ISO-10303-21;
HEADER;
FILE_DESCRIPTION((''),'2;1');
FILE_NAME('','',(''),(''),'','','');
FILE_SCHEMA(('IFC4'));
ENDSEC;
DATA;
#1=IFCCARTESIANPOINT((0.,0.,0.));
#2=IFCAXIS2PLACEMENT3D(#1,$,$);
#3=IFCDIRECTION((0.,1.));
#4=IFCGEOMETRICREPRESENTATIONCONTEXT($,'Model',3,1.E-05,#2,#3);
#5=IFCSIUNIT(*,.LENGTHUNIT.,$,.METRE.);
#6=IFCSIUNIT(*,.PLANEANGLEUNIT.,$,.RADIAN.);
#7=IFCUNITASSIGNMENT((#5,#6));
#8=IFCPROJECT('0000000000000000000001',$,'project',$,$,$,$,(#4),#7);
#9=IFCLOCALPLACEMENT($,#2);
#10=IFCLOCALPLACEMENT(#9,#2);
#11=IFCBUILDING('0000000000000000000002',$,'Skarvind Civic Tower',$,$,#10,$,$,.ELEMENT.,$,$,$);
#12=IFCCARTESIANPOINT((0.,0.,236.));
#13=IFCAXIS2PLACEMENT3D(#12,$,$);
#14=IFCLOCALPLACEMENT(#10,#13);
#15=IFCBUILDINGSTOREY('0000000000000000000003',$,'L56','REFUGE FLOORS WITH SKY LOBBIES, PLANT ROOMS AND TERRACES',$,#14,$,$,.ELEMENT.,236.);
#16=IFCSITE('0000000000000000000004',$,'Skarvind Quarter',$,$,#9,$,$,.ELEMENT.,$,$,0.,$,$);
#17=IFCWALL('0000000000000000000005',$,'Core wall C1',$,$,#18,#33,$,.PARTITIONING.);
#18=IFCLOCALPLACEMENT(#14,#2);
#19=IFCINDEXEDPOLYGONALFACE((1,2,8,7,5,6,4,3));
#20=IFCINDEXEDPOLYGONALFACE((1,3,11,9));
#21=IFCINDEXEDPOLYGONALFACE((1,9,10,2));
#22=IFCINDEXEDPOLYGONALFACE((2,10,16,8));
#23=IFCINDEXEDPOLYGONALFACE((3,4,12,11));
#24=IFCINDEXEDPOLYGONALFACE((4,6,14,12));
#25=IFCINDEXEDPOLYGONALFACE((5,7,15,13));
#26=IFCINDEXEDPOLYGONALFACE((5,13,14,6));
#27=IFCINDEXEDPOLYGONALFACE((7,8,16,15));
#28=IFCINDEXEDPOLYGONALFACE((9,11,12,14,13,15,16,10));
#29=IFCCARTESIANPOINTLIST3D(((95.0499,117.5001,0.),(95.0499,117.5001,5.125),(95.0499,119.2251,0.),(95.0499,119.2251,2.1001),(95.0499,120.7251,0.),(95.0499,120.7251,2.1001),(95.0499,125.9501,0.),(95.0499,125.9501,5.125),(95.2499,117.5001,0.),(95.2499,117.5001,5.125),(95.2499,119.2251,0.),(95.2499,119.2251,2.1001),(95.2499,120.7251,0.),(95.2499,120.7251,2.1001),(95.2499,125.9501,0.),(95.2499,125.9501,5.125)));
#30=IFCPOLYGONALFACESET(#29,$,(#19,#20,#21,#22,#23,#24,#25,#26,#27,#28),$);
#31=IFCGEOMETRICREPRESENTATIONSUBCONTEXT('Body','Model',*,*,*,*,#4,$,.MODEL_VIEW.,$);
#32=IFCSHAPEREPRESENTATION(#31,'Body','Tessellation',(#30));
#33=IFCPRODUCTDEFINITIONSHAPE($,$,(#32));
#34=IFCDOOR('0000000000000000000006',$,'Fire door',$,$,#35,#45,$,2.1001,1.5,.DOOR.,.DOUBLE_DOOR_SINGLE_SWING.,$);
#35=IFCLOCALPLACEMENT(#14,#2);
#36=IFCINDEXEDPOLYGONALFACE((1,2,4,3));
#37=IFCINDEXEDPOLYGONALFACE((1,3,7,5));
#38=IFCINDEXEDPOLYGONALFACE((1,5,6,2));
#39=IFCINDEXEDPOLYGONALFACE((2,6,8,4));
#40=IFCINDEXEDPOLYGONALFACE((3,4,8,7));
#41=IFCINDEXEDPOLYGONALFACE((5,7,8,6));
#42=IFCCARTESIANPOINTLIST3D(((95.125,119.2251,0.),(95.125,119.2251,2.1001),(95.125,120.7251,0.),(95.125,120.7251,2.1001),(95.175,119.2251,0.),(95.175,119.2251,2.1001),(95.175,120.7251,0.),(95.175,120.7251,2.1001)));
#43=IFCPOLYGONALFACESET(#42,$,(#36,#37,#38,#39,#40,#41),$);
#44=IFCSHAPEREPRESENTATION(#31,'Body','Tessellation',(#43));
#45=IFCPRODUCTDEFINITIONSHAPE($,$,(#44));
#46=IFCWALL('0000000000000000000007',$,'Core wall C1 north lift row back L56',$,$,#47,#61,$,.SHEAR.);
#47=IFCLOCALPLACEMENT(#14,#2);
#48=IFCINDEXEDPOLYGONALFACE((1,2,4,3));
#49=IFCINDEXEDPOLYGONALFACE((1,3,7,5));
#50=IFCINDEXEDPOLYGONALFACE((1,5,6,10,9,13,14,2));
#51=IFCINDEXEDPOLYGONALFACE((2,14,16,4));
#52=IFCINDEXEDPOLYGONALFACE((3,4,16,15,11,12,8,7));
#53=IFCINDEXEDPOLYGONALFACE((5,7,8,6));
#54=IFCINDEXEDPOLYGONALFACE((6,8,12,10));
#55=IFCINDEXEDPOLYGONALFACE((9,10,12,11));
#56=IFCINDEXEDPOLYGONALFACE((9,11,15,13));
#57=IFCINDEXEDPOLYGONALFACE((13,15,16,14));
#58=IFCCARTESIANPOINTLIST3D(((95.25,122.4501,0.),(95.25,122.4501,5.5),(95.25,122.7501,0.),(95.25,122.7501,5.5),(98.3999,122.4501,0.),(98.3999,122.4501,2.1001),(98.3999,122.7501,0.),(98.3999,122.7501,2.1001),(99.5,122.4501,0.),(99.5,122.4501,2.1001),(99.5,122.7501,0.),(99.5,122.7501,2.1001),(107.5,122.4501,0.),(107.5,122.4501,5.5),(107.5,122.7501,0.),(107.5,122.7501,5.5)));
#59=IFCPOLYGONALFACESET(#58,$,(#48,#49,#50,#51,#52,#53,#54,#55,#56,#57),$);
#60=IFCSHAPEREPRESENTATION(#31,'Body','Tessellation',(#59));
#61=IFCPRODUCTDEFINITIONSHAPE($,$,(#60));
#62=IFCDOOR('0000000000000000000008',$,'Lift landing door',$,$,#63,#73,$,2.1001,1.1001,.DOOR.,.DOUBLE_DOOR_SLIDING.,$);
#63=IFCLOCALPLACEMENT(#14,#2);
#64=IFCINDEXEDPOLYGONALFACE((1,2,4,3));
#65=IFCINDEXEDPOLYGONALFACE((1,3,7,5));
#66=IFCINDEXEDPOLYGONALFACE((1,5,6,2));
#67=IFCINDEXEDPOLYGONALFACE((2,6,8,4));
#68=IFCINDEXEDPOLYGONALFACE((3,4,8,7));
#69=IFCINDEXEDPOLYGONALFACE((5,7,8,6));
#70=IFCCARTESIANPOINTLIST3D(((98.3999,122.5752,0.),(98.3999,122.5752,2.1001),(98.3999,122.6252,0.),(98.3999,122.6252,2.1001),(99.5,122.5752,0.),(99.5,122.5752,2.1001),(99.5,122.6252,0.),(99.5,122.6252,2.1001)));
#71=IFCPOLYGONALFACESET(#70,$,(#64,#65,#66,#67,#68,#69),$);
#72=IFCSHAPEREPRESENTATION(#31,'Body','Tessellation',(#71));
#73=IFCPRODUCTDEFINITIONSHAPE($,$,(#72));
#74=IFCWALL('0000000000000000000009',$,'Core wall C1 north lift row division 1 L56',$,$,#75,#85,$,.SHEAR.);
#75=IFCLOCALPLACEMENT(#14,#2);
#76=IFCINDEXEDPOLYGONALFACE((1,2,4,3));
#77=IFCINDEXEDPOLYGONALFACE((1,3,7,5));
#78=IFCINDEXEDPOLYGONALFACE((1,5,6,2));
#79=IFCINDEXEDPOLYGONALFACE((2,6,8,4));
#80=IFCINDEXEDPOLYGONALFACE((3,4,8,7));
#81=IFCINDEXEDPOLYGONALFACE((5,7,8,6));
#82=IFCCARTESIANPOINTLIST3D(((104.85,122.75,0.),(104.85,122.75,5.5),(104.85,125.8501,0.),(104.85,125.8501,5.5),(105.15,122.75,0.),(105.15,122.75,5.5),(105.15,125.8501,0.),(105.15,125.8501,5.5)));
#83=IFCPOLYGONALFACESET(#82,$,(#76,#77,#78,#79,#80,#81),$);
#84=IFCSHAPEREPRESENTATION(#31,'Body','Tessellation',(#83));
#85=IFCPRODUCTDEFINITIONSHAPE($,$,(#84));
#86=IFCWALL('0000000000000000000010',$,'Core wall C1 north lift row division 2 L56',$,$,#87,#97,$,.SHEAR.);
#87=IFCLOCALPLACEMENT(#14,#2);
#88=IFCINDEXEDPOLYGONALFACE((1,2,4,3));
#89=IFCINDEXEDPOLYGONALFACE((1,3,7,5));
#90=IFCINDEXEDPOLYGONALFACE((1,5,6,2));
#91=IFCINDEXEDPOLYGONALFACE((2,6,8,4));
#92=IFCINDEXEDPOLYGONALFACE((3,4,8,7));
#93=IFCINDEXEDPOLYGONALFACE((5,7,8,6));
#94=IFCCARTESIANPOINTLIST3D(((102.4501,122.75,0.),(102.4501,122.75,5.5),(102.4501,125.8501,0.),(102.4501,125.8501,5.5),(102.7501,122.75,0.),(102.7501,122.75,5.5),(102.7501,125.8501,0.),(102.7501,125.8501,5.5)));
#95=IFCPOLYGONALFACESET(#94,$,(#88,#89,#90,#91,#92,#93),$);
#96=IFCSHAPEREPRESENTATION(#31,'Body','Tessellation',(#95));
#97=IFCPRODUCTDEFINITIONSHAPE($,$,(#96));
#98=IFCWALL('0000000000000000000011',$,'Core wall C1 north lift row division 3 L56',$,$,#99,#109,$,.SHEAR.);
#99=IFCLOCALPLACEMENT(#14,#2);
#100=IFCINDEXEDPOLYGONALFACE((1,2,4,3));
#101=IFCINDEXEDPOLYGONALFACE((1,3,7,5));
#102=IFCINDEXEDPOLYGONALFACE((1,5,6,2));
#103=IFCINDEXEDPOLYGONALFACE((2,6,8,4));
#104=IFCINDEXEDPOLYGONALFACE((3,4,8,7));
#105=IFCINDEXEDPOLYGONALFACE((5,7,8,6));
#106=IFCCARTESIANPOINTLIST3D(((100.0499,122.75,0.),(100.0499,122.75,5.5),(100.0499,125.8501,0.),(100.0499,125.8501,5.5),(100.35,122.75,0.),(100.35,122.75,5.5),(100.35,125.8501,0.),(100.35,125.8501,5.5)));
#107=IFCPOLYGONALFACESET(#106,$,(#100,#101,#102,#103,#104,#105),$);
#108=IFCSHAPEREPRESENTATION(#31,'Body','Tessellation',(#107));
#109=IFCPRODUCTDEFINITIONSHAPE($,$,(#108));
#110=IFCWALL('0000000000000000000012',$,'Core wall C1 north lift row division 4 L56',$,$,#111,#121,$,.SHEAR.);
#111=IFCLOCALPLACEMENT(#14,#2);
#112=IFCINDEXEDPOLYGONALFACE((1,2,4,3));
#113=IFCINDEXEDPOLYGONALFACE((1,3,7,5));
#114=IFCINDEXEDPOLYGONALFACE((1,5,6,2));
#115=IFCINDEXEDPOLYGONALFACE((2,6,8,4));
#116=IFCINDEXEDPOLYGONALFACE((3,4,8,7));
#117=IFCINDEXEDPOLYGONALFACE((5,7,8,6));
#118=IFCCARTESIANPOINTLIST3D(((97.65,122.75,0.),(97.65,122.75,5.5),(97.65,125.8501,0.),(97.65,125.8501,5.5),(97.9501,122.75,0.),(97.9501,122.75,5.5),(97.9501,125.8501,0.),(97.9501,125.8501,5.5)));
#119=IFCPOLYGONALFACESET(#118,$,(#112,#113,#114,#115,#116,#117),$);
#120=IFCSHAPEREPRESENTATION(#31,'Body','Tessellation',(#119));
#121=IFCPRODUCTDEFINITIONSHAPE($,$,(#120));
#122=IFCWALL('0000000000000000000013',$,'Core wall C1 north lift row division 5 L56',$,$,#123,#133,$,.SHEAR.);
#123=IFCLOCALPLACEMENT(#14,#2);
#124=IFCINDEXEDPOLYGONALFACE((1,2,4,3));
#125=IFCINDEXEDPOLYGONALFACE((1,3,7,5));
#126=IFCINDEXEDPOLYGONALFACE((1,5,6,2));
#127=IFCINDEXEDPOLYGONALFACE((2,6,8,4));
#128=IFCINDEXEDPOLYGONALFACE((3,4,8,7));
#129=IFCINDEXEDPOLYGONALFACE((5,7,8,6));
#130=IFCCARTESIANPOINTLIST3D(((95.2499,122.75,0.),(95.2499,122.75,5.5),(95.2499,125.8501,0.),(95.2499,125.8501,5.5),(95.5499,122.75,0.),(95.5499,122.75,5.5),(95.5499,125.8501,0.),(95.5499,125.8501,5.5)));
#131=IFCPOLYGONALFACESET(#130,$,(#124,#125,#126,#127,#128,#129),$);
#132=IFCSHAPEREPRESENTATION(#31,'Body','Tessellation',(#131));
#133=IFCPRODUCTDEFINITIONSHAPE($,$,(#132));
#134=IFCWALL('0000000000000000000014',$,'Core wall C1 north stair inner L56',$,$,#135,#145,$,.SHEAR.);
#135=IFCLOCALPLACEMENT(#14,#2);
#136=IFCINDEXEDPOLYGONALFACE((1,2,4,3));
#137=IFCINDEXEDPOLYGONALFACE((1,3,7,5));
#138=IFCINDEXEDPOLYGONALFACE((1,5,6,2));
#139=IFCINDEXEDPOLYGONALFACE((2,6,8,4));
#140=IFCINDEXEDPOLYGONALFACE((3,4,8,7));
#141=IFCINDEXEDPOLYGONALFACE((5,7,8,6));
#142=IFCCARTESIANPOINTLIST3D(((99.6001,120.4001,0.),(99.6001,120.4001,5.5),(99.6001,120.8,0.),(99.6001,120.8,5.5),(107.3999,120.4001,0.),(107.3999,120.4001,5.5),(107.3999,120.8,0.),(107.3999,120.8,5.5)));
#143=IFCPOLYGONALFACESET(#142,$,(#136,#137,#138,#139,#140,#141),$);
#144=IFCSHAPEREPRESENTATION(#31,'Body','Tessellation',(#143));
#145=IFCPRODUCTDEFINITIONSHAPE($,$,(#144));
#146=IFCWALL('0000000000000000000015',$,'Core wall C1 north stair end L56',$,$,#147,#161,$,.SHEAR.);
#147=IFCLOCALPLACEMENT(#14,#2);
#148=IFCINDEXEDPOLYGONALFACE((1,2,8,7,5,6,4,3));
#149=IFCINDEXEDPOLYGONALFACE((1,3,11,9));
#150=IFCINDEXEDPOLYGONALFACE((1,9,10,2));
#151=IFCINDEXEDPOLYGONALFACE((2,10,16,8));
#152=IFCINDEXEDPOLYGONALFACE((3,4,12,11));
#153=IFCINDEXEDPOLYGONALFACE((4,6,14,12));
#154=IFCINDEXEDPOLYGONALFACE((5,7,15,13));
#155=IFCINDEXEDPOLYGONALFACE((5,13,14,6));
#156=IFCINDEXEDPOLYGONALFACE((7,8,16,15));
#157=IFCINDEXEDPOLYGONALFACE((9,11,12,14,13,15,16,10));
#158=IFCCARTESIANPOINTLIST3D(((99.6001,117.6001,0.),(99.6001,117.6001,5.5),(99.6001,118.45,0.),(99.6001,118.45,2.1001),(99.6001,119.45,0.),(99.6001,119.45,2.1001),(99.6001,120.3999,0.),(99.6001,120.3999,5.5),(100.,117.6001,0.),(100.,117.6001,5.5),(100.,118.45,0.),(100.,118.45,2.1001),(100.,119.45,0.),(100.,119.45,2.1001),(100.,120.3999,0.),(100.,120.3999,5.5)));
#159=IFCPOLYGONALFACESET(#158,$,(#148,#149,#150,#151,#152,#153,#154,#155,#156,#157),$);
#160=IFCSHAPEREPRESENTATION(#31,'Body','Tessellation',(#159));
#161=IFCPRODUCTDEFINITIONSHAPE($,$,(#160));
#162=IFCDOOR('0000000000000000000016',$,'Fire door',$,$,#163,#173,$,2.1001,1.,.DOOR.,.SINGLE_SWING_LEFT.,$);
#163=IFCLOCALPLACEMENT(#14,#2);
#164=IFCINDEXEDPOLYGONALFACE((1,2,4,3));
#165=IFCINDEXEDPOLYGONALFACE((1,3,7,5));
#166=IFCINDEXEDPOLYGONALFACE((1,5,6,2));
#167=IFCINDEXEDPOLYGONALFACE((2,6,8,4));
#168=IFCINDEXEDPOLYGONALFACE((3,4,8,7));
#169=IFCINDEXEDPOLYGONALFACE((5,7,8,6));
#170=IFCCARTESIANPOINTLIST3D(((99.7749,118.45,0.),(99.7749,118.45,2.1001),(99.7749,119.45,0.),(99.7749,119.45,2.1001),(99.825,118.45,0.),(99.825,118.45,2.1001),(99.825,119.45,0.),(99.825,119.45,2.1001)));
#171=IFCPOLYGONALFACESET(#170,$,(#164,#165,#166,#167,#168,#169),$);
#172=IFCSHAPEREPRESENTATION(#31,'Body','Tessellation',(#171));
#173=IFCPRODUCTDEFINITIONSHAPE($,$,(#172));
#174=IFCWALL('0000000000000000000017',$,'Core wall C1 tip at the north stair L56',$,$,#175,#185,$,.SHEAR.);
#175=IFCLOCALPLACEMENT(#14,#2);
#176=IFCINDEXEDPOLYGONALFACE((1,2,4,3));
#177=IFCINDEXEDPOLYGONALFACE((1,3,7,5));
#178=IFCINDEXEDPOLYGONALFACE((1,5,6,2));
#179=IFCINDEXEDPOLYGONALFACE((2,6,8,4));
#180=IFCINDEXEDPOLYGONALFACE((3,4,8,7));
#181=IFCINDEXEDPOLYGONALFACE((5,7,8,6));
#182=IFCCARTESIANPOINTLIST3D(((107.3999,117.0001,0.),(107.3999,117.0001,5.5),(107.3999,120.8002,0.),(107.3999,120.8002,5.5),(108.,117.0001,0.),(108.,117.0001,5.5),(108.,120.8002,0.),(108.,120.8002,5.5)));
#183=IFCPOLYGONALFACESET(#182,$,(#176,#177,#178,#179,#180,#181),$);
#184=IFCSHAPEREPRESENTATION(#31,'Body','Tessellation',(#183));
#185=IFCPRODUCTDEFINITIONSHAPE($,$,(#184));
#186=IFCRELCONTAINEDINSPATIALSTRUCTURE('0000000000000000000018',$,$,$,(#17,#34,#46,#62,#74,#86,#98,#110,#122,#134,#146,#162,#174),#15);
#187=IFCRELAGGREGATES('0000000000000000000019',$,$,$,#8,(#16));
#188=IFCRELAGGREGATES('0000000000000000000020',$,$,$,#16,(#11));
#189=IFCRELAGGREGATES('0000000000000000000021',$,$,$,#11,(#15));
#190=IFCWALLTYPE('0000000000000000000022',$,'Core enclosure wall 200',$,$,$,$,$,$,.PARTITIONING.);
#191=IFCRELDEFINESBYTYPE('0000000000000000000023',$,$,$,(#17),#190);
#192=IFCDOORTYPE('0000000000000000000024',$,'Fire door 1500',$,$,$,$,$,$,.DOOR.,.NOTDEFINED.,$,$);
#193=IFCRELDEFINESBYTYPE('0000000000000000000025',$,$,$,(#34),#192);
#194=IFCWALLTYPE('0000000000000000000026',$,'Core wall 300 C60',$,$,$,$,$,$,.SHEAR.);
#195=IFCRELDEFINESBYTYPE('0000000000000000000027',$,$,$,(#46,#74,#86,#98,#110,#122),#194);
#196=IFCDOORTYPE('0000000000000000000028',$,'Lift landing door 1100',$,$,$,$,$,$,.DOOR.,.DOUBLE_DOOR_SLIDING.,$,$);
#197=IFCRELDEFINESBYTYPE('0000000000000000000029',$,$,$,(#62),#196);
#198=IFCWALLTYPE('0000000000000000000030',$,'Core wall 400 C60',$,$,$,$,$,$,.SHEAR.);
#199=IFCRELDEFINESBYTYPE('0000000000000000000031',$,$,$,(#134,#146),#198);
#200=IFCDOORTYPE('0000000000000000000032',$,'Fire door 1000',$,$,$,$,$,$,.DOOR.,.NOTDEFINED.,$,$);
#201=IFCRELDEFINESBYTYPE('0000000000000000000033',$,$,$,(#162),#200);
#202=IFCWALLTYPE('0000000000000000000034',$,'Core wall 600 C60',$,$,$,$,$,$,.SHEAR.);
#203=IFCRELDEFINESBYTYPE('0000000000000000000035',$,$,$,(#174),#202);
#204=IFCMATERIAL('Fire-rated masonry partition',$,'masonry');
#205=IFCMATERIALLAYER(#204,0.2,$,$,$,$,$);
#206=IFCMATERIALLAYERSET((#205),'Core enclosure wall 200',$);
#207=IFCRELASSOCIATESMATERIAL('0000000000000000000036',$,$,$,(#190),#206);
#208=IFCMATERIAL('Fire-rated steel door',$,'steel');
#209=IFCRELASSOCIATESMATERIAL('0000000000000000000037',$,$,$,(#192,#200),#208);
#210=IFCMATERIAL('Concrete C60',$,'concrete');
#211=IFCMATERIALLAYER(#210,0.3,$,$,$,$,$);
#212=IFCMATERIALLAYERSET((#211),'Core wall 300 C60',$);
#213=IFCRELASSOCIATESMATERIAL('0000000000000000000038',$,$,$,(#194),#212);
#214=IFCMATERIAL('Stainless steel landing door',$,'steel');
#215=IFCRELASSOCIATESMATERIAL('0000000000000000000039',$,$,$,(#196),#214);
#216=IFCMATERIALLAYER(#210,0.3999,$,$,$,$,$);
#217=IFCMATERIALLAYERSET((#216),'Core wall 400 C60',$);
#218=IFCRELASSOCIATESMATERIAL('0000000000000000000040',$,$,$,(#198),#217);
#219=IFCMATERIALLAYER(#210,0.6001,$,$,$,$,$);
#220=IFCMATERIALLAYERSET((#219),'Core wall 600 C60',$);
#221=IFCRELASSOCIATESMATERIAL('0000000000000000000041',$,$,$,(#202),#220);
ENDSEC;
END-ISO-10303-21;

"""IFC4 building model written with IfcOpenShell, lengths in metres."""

from ifc_helpers import new_model, si_unit, direction, frame, frame_2d, origin, place, context, subcontext, project, spatial, rectangle, extrude, material, layer, layer_set, type_object, element, fill, save


model = new_model("IFC4")

# Units and contexts
model_context = context("Model", 3, precision=1e-05, world=origin(), true_north=direction((0.0, 1.0)))
body_context = subcontext(model_context, "Body", "Model", "MODEL_VIEW")
ifc_project = project(units=[si_unit("LENGTHUNIT", "METRE"), si_unit("PLANEANGLEUNIT", "RADIAN")], contexts=[model_context])

# Site, building, storey
site_placement = place(None, origin())
site = spatial("IfcSite", under=ifc_project, at=site_placement, Name="Skarvind Quarter", CompositionType="ELEMENT", RefElevation=0.0)
building_placement = place(site_placement, origin())
building = spatial("IfcBuilding", under=site, at=building_placement, Name="Skarvind Civic Tower", CompositionType="ELEMENT")
storey_placement = place(building_placement, frame((0.0, 0.0, 236.0)))
storey = spatial("IfcBuildingStorey", under=building, at=storey_placement, Name="L56", Description="REFUGE FLOORS WITH SKY LOBBIES, PLANT ROOMS AND TERRACES", CompositionType="ELEMENT", Elevation=236.0)

# Walls, openings, doors
ifc_material_1 = material(Name="Fire-rated masonry partition", Category="masonry")
ifc_layer_1 = layer(ifc_material_1, 0.2)
ifc_layer_set_1 = layer_set([ifc_layer_1], Name="Core enclosure wall 200")
wall_type_1 = type_object("IfcWallType", Name="Core enclosure wall 200", PredefinedType="PARTITIONING", material=ifc_layer_set_1)
wall_1_placement = place(storey_placement, frame((95.1499, 117.5, 0.0), z_axis=(0.0, 0.0, 1.0), x_axis=(0.0, 1.0, 0.0)))
wall_1 = element("IfcWall", 1, at=wall_1_placement, inside=storey, type_object=wall_type_1, Name="Core wall C1", PredefinedType="PARTITIONING", context=body_context, shape_type="SweptSolid", body=[
    extrude(rectangle(XDim=8.45, YDim=0.2, at=frame_2d((4.2251, 0.0))), origin(), (0.0, 0.0, 1.0), 5.125),
])
opening_1_placement = place(wall_1_placement, frame((1.7251, 0.0, 0.0)))
opening_1 = element("IfcOpeningElement", 2, at=opening_1_placement, cuts=wall_1, PredefinedType="OPENING", context=body_context, shape_type="SweptSolid", body=[
    extrude(rectangle(XDim=1.5, YDim=2.1001, at=frame_2d((0.75, 1.05))), frame((0.0, 0.1099, 0.0), z_axis=(0.0, -1.0, 0.0), x_axis=(1.0, 0.0, 0.0)), (0.0, 0.0, 1.0), 0.22),
])
ifc_material_2 = material(Name="Fire-rated steel door", Category="steel")
door_type_1 = type_object("IfcDoorType", Name="Fire door 1500", OperationType="NOTDEFINED", PredefinedType="DOOR", material=ifc_material_2)
door_1_placement = place(opening_1_placement, origin())
door_1 = element("IfcDoor", 3, at=door_1_placement, inside=storey, type_object=door_type_1, Name="Fire door", OperationType="DOUBLE_DOOR_SINGLE_SWING", OverallHeight=2.1001, OverallWidth=1.5, PredefinedType="DOOR", context=body_context, shape_type="SweptSolid", body=[
    extrude(rectangle(XDim=1.5, YDim=2.1001, at=frame_2d((0.75, 1.05))), frame((0.0, 0.0249, 0.0), z_axis=(0.0, -1.0, 0.0), x_axis=(1.0, 0.0, 0.0)), (0.0, 0.0, 1.0), 0.05),
])
fill(opening_1, door_1)
ifc_material_3 = material(Name="Concrete C60", Category="concrete")
ifc_layer_2 = layer(ifc_material_3, 0.3)
ifc_layer_set_2 = layer_set([ifc_layer_2], Name="Core wall 300 C60")
wall_type_2 = type_object("IfcWallType", Name="Core wall 300 C60", PredefinedType="SHEAR", material=ifc_layer_set_2)
wall_2_placement = place(storey_placement, frame((107.5, 122.6001, 0.0), z_axis=(0.0, 0.0, 1.0), x_axis=(-1.0, 0.0, 0.0)))
wall_2 = element("IfcWall", 4, at=wall_2_placement, inside=storey, type_object=wall_type_2, Name="Core wall C1 north lift row back L56", PredefinedType="SHEAR", context=body_context, shape_type="SweptSolid", body=[
    extrude(rectangle(XDim=12.25, YDim=0.3, at=frame_2d((6.125, 0.0))), origin(), (0.0, 0.0, 1.0), 5.5),
])
opening_2_placement = place(wall_2_placement, frame((8.0, 0.0, 0.0)))
opening_2 = element("IfcOpeningElement", 5, at=opening_2_placement, cuts=wall_2, PredefinedType="OPENING", context=body_context, shape_type="SweptSolid", body=[
    extrude(rectangle(XDim=1.1001, YDim=2.1001, at=frame_2d((0.55, 1.05))), frame((0.0, 0.1599, 0.0), z_axis=(0.0, -1.0, 0.0), x_axis=(1.0, 0.0, 0.0)), (0.0, 0.0, 1.0), 0.3201),
])
ifc_material_4 = material(Name="Stainless steel landing door", Category="steel")
door_type_2 = type_object("IfcDoorType", Name="Lift landing door 1100", OperationType="DOUBLE_DOOR_SLIDING", PredefinedType="DOOR", material=ifc_material_4)
door_2_placement = place(opening_2_placement, origin())
door_2 = element("IfcDoor", 6, at=door_2_placement, inside=storey, type_object=door_type_2, Name="Lift landing door", OperationType="DOUBLE_DOOR_SLIDING", OverallHeight=2.1001, OverallWidth=1.1001, PredefinedType="DOOR", context=body_context, shape_type="SweptSolid", body=[
    extrude(rectangle(XDim=1.1001, YDim=2.1001, at=frame_2d((0.55, 1.05))), frame((0.0, 0.0249, 0.0), z_axis=(0.0, -1.0, 0.0), x_axis=(1.0, 0.0, 0.0)), (0.0, 0.0, 1.0), 0.05),
])
fill(opening_2, door_2)

# Walls
for number, where, z_axis, x_axis, name in (
    (7, (105.0, 125.8501, 0.0), (0.0, 0.0, 1.0), (0.0, -1.0, 0.0), "Core wall C1 north lift row division 1 L56"),
    (8, (102.6001, 125.8501, 0.0), (0.0, 0.0, 1.0), (0.0, -1.0, 0.0), "Core wall C1 north lift row division 2 L56"),
    (9, (100.2, 125.8501, 0.0), (0.0, 0.0, 1.0), (0.0, -1.0, 0.0), "Core wall C1 north lift row division 3 L56"),
    (10, (97.8, 125.8501, 0.0), (0.0, 0.0, 1.0), (0.0, -1.0, 0.0), "Core wall C1 north lift row division 4 L56"),
    (11, (95.3999, 125.8501, 0.0), (0.0, 0.0, 1.0), (0.0, -1.0, 0.0), "Core wall C1 north lift row division 5 L56"),
):
    element("IfcWall", number, at=place(storey_placement, frame(where, z_axis=z_axis, x_axis=x_axis)), inside=storey, type_object=wall_type_2, Name=name, PredefinedType="SHEAR", context=body_context, shape_type="SweptSolid", body=[
        extrude(rectangle(XDim=3.1001, YDim=0.3, at=frame_2d((1.55, 0.0))), origin(), (0.0, 0.0, 1.0), 5.5),
    ])
ifc_layer_3 = layer(ifc_material_3, 0.3999)
ifc_layer_set_3 = layer_set([ifc_layer_3], Name="Core wall 400 C60")
wall_type_3 = type_object("IfcWallType", Name="Core wall 400 C60", PredefinedType="SHEAR", material=ifc_layer_set_3)
wall_3_placement = place(storey_placement, frame((107.3999, 120.6001, 0.0), z_axis=(0.0, 0.0, 1.0), x_axis=(-1.0, 0.0, 0.0)))
element("IfcWall", 12, at=wall_3_placement, inside=storey, type_object=wall_type_3, Name="Core wall C1 north stair inner L56", PredefinedType="SHEAR", context=body_context, shape_type="SweptSolid", body=[
    extrude(rectangle(XDim=7.7998, YDim=0.3999, at=frame_2d((3.8999, 0.0))), origin(), (0.0, 0.0, 1.0), 5.5),
])

# Wall, opening, door
wall_4_placement = place(storey_placement, frame((99.8, 120.3999, 0.0), z_axis=(0.0, 0.0, 1.0), x_axis=(0.0, -1.0, 0.0)))
wall_4 = element("IfcWall", 13, at=wall_4_placement, inside=storey, type_object=wall_type_3, Name="Core wall C1 north stair end L56", PredefinedType="SHEAR", context=body_context, shape_type="SweptSolid", body=[
    extrude(rectangle(XDim=2.7998, YDim=0.3999, at=frame_2d((1.3999, 0.0))), origin(), (0.0, 0.0, 1.0), 5.5),
])
opening_3_placement = place(wall_4_placement, frame((0.95, 0.0, 0.0)))
opening_3 = element("IfcOpeningElement", 14, at=opening_3_placement, cuts=wall_4, PredefinedType="OPENING", context=body_context, shape_type="SweptSolid", body=[
    extrude(rectangle(XDim=1.0, YDim=2.1001, at=frame_2d((0.5, 1.05))), frame((0.0, 0.21, 0.0), z_axis=(0.0, -1.0, 0.0), x_axis=(1.0, 0.0, 0.0)), (0.0, 0.0, 1.0), 0.4199),
])
door_type_3 = type_object("IfcDoorType", Name="Fire door 1000", OperationType="NOTDEFINED", PredefinedType="DOOR", material=ifc_material_2)
door_3_placement = place(opening_3_placement, origin())
door_3 = element("IfcDoor", 15, at=door_3_placement, inside=storey, type_object=door_type_3, Name="Fire door", OperationType="SINGLE_SWING_LEFT", OverallHeight=2.1001, OverallWidth=1.0, PredefinedType="DOOR", context=body_context, shape_type="SweptSolid", body=[
    extrude(rectangle(XDim=1.0, YDim=2.1001, at=frame_2d((0.5, 1.05))), frame((0.0, 0.0249, 0.0), z_axis=(0.0, -1.0, 0.0), x_axis=(1.0, 0.0, 0.0)), (0.0, 0.0, 1.0), 0.05),
])
fill(opening_3, door_3)

# Wall
ifc_layer_4 = layer(ifc_material_3, 0.6001)
ifc_layer_set_4 = layer_set([ifc_layer_4], Name="Core wall 600 C60")
wall_type_4 = type_object("IfcWallType", Name="Core wall 600 C60", PredefinedType="SHEAR", material=ifc_layer_set_4)
wall_5_placement = place(storey_placement, frame((107.7, 120.8, 0.0), z_axis=(0.0, 0.0, 1.0), x_axis=(0.0, -1.0, 0.0)))
element("IfcWall", 16, at=wall_5_placement, inside=storey, type_object=wall_type_4, Name="Core wall C1 tip at the north stair L56", PredefinedType="SHEAR", context=body_context, shape_type="SweptSolid", body=[
    extrude(rectangle(XDim=3.8, YDim=0.6001, at=frame_2d((1.8999, 0.0))), origin(), (0.0, 0.0, 1.0), 5.5),
])

save(model, "model.ifc")
